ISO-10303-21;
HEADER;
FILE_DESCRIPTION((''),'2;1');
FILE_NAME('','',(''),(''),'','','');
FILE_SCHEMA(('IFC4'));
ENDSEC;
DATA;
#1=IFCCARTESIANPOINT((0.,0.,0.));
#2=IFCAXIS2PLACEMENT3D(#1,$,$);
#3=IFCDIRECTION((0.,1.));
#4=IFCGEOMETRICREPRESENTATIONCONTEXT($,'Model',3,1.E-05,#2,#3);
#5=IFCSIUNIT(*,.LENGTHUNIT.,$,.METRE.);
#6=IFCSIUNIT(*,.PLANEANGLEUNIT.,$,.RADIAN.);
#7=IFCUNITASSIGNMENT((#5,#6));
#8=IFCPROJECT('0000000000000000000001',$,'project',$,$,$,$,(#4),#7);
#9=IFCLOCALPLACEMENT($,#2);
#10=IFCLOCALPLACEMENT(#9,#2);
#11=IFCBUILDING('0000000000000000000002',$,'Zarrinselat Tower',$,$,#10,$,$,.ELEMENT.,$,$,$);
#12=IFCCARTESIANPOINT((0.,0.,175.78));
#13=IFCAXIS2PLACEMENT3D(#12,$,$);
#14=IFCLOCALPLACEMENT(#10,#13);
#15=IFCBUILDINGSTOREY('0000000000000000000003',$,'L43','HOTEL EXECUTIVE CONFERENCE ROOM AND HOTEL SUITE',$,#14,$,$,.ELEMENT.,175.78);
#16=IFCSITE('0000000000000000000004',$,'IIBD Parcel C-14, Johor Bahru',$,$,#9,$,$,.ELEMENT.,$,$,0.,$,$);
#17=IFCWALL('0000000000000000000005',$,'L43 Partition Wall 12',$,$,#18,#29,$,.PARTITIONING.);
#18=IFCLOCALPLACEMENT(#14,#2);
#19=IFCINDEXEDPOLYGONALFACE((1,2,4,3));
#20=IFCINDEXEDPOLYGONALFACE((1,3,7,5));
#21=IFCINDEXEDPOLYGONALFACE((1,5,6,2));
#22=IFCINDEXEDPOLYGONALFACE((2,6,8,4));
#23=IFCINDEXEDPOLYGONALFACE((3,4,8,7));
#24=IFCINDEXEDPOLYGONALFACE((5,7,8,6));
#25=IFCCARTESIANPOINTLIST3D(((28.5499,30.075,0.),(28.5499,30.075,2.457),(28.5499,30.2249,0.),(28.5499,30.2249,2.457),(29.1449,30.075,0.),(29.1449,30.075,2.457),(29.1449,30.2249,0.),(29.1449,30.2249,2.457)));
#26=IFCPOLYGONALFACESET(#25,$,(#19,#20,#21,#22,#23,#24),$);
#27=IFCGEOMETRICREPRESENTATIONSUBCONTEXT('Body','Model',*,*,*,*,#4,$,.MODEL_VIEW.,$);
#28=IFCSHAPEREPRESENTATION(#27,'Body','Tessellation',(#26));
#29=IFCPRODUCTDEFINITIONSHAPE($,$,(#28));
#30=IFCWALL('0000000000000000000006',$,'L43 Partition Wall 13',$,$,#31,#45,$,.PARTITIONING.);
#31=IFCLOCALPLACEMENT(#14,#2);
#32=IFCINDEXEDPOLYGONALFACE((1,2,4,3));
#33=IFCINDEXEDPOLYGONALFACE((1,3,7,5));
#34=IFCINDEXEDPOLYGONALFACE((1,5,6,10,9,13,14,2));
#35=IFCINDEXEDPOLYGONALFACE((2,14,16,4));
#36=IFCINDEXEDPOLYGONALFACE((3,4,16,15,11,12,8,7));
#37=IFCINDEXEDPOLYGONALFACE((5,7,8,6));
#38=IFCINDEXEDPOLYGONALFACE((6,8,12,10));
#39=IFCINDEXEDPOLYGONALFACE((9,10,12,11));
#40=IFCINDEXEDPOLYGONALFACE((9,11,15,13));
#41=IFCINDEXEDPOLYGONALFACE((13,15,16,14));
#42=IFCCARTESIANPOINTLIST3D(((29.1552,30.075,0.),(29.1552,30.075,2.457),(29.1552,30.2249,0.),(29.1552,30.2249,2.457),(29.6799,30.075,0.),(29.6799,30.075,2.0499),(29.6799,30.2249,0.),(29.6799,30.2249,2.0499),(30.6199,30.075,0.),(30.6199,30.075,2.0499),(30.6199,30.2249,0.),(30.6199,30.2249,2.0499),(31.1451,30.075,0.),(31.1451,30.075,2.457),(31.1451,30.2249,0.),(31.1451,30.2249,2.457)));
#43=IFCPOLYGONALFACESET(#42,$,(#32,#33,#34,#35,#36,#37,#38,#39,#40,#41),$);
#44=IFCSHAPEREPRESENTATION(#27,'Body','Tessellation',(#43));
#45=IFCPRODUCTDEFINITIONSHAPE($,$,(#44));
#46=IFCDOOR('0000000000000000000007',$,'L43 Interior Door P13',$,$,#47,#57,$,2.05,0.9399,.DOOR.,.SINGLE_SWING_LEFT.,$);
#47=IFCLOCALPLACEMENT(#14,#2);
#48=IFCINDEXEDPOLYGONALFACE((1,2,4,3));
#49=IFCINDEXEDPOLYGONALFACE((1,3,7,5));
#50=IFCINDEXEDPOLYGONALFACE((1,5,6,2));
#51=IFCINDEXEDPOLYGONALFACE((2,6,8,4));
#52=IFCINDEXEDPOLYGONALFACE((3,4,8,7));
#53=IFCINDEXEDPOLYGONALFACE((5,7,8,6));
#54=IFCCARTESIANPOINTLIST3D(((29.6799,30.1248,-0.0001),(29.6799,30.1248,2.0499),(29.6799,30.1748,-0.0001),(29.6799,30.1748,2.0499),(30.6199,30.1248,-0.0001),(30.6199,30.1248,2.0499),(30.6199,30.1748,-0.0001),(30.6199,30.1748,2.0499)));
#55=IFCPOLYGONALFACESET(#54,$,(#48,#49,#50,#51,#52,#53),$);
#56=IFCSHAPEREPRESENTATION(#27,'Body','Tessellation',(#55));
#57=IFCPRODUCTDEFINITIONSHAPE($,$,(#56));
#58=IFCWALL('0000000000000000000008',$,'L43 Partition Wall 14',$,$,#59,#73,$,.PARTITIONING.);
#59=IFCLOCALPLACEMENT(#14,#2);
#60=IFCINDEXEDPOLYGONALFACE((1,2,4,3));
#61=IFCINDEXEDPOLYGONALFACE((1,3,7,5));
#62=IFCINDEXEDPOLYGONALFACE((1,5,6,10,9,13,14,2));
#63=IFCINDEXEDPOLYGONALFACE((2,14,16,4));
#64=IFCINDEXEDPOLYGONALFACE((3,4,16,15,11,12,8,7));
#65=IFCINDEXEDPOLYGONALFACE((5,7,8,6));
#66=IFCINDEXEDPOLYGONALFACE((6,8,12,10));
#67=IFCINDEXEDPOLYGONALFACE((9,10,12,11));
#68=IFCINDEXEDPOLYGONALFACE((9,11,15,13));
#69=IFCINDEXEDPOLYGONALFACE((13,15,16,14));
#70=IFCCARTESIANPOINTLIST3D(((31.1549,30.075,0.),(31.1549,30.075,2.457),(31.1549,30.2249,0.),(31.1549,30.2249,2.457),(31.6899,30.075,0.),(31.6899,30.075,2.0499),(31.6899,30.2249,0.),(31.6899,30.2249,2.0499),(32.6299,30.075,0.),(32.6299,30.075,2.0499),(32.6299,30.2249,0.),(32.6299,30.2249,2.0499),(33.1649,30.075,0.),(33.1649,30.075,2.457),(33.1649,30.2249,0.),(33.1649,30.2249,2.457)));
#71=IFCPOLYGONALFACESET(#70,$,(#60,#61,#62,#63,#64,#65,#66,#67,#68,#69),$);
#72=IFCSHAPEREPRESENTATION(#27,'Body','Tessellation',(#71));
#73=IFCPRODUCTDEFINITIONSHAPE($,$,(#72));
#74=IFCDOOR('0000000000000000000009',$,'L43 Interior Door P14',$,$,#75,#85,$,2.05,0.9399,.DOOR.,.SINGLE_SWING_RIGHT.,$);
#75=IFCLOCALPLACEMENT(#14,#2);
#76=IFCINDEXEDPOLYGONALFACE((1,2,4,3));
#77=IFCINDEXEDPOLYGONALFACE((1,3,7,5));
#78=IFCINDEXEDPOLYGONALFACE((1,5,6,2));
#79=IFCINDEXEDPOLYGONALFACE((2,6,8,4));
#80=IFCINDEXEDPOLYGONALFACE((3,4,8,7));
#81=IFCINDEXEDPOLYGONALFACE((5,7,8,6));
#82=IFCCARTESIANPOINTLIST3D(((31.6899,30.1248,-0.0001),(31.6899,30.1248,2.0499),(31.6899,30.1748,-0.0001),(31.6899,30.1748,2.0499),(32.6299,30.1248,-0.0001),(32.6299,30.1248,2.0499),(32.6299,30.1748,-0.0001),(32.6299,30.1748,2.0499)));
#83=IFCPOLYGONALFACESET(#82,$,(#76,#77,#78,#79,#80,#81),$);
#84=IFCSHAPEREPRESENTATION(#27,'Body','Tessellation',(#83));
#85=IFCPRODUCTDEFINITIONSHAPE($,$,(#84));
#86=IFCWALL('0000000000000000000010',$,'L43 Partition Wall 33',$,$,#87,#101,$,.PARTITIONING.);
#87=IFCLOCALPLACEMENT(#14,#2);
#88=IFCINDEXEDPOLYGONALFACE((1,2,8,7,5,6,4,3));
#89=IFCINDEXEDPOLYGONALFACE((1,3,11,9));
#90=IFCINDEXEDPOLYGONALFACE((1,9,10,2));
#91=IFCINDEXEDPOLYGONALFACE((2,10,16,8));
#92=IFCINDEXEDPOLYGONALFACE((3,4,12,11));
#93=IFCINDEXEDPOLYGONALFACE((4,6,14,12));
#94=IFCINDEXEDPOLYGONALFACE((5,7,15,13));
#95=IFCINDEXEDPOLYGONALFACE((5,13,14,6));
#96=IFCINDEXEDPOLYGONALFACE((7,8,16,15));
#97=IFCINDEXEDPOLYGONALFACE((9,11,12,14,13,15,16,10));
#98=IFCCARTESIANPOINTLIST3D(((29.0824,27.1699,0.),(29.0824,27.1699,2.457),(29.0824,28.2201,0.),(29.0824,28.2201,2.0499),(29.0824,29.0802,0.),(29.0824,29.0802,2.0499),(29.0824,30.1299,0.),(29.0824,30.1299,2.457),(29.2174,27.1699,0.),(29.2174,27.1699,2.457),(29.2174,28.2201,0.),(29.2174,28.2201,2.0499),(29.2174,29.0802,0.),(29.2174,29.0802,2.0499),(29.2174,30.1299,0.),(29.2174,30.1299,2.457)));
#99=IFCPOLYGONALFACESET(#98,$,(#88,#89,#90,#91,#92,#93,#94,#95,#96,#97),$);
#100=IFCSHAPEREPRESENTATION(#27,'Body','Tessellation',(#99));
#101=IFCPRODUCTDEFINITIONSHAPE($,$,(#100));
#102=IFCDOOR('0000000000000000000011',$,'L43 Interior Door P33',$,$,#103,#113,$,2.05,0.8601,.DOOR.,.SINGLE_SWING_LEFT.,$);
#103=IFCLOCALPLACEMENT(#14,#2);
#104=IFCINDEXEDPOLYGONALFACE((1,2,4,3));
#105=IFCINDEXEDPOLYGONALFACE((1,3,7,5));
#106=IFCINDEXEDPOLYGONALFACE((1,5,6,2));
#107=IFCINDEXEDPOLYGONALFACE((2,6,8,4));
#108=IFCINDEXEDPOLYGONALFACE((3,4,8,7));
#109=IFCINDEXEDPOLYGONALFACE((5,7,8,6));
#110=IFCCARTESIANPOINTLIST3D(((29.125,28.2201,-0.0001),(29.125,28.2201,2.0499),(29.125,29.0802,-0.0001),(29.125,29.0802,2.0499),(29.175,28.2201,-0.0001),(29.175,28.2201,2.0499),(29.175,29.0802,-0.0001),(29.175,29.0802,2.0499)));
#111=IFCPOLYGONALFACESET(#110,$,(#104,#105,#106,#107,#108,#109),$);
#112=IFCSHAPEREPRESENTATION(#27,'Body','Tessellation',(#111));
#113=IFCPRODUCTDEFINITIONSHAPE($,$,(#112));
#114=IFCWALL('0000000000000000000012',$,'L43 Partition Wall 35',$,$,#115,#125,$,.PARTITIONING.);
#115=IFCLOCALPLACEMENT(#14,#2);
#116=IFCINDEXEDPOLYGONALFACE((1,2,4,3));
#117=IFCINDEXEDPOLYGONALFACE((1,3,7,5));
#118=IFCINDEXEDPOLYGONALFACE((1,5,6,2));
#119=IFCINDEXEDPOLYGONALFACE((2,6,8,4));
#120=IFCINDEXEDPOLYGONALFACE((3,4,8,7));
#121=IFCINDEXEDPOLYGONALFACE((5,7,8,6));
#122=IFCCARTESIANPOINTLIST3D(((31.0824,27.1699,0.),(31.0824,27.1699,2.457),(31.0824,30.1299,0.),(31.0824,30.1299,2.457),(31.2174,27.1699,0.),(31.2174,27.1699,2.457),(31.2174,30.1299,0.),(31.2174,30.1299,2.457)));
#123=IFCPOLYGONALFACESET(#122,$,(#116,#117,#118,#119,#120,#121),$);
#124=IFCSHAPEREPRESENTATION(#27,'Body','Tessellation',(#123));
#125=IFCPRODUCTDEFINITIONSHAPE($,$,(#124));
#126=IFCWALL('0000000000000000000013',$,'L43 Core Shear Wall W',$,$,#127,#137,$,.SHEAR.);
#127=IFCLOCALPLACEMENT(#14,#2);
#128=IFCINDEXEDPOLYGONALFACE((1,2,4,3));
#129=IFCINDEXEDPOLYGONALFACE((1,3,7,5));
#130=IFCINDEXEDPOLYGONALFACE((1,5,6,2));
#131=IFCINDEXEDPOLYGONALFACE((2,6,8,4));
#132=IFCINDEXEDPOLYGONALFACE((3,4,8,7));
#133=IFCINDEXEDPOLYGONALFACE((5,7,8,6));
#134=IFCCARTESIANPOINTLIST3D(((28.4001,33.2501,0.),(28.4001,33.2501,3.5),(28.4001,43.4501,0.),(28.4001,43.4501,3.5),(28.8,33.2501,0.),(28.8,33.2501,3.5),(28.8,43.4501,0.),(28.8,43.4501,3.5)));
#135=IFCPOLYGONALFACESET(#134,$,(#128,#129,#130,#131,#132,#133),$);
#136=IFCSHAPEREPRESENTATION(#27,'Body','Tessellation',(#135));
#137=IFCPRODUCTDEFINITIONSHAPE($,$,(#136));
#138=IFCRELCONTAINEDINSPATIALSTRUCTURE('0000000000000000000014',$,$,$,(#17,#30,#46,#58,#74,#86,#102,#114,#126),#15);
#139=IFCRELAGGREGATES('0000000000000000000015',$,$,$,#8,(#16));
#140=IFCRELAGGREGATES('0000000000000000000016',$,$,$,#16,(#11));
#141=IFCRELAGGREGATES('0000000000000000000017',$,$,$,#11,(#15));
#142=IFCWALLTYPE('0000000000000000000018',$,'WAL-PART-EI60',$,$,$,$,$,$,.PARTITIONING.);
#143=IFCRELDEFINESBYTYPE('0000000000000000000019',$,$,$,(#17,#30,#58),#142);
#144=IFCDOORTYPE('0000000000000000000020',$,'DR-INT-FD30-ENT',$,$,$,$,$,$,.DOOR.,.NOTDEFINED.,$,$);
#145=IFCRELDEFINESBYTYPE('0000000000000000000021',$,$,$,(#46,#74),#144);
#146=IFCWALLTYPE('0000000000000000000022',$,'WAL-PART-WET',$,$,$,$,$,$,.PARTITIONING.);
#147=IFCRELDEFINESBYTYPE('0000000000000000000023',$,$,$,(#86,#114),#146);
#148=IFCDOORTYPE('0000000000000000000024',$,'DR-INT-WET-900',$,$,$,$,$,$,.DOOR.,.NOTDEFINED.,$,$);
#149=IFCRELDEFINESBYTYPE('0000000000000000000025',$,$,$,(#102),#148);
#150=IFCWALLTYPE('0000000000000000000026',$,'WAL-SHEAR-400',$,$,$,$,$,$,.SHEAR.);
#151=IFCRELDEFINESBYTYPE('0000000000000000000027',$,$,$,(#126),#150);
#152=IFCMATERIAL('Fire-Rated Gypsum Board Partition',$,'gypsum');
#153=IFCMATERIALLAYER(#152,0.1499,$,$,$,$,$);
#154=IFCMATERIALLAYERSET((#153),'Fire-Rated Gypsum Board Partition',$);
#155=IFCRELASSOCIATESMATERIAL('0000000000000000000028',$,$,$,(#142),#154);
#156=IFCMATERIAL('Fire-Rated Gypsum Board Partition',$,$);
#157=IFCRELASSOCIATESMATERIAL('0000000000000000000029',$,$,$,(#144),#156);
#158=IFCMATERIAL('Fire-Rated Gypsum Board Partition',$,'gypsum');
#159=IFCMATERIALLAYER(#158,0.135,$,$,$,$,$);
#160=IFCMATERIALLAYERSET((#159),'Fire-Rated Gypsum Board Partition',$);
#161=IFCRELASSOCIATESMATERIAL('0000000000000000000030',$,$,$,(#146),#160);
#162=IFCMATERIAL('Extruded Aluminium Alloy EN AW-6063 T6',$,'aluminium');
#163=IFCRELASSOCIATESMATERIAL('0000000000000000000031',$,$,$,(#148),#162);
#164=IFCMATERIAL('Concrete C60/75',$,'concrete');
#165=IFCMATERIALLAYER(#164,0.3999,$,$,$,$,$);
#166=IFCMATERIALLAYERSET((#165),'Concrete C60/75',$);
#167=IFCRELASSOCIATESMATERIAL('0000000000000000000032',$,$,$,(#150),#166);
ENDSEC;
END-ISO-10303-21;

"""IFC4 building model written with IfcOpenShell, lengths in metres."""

from ifc_helpers import new_model, si_unit, direction, frame, frame_2d, origin, place, context, subcontext, project, spatial, rectangle, extrude, material, layer, layer_set, type_object, element, fill, save


model = new_model("IFC4")

# Units and contexts
model_context = context("Model", 3, precision=1e-05, world=origin(), true_north=direction((0.0, 1.0)))
body_context = subcontext(model_context, "Body", "Model", "MODEL_VIEW")
ifc_project = project(units=[si_unit("LENGTHUNIT", "METRE"), si_unit("PLANEANGLEUNIT", "RADIAN")], contexts=[model_context])

# Site, building, storey
site_placement = place(None, origin())
site = spatial("IfcSite", under=ifc_project, at=site_placement, Name="IIBD Parcel C-14, Johor Bahru", CompositionType="ELEMENT", RefElevation=0.0)
building_placement = place(site_placement, origin())
building = spatial("IfcBuilding", under=site, at=building_placement, Name="Zarrinselat Tower", CompositionType="ELEMENT")
storey_placement = place(building_placement, frame((0.0, 0.0, 175.78)))
storey = spatial("IfcBuildingStorey", under=building, at=storey_placement, Name="L43", Description="HOTEL EXECUTIVE CONFERENCE ROOM AND HOTEL SUITE", CompositionType="ELEMENT", Elevation=175.78)

# Wall
ifc_material_1 = material(Name="Fire-Rated Gypsum Board Partition", Category="gypsum")
ifc_layer_1 = layer(ifc_material_1, 0.1499)
ifc_layer_set_1 = layer_set([ifc_layer_1], Name="Fire-Rated Gypsum Board Partition")
wall_type_1 = type_object("IfcWallType", Name="WAL-PART-EI60", PredefinedType="PARTITIONING", material=ifc_layer_set_1)
wall_1_placement = place(storey_placement, frame((28.55, 30.1499, 0.0), z_axis=(0.0, 0.0, 1.0), x_axis=(1.0, 0.0, 0.0)))
element("IfcWall", 1, at=wall_1_placement, inside=storey, type_object=wall_type_1, Name="L43 Partition Wall 12", PredefinedType="PARTITIONING", context=body_context, shape_type="SweptSolid", body=[
    extrude(rectangle(XDim=0.595, YDim=0.1499, at=frame_2d((0.2974, 0.0))), origin(), (0.0, 0.0, 1.0), 2.457),
])

# Walls, openings, doors
wall_2_placement = place(storey_placement, frame((29.155, 30.1499, 0.0), z_axis=(0.0, 0.0, 1.0), x_axis=(1.0, 0.0, 0.0)))
wall_2 = element("IfcWall", 2, at=wall_2_placement, inside=storey, type_object=wall_type_1, Name="L43 Partition Wall 13", PredefinedType="PARTITIONING", context=body_context, shape_type="SweptSolid", body=[
    extrude(rectangle(XDim=1.99, YDim=0.1499, at=frame_2d((0.9951, 0.0))), origin(), (0.0, 0.0, 1.0), 2.457),
])
opening_1_placement = place(wall_2_placement, frame((0.5249, 0.0, 0.0)))
opening_1 = element("IfcOpeningElement", 3, at=opening_1_placement, cuts=wall_2, PredefinedType="OPENING", context=body_context, shape_type="SweptSolid", body=[
    extrude(rectangle(XDim=0.9399, YDim=2.05, at=frame_2d((0.47, 1.0249))), frame((0.0, 0.085, 0.0), z_axis=(0.0, -1.0, 0.0), x_axis=(1.0, 0.0, 0.0)), (0.0, 0.0, 1.0), 0.1699),
])
ifc_material_2 = material(Name="Fire-Rated Gypsum Board Partition")
door_type_1 = type_object("IfcDoorType", Name="DR-INT-FD30-ENT", OperationType="NOTDEFINED", PredefinedType="DOOR", material=ifc_material_2)
door_1_placement = place(opening_1_placement, origin())
door_1 = element("IfcDoor", 4, at=door_1_placement, inside=storey, type_object=door_type_1, Name="L43 Interior Door P13", OperationType="SINGLE_SWING_LEFT", OverallHeight=2.05, OverallWidth=0.9399, PredefinedType="DOOR", context=body_context, shape_type="SweptSolid", body=[
    extrude(rectangle(XDim=0.9399, YDim=2.05, at=frame_2d((0.47, 1.0249))), frame((0.0, 0.0249, 0.0), z_axis=(0.0, -1.0, 0.0), x_axis=(1.0, 0.0, 0.0)), (0.0, 0.0, 1.0), 0.05),
])
fill(opening_1, door_1)
wall_3_placement = place(storey_placement, frame((31.155, 30.1499, 0.0), z_axis=(0.0, 0.0, 1.0), x_axis=(1.0, 0.0, 0.0)))
wall_3 = element("IfcWall", 5, at=wall_3_placement, inside=storey, type_object=wall_type_1, Name="L43 Partition Wall 14", PredefinedType="PARTITIONING", context=body_context, shape_type="SweptSolid", body=[
    extrude(rectangle(XDim=2.01, YDim=0.1499, at=frame_2d((1.0049, 0.0))), origin(), (0.0, 0.0, 1.0), 2.457),
])
opening_2_placement = place(wall_3_placement, frame((0.5349, 0.0, 0.0)))
opening_2 = element("IfcOpeningElement", 6, at=opening_2_placement, cuts=wall_3, PredefinedType="OPENING", context=body_context, shape_type="SweptSolid", body=[
    extrude(rectangle(XDim=0.9399, YDim=2.05, at=frame_2d((0.47, 1.0249))), frame((0.0, 0.085, 0.0), z_axis=(0.0, -1.0, 0.0), x_axis=(1.0, 0.0, 0.0)), (0.0, 0.0, 1.0), 0.1699),
])
door_2_placement = place(opening_2_placement, origin())
door_2 = element("IfcDoor", 7, at=door_2_placement, inside=storey, type_object=door_type_1, Name="L43 Interior Door P14", OperationType="SINGLE_SWING_RIGHT", OverallHeight=2.05, OverallWidth=0.9399, PredefinedType="DOOR", context=body_context, shape_type="SweptSolid", body=[
    extrude(rectangle(XDim=0.9399, YDim=2.05, at=frame_2d((0.47, 1.0249))), frame((0.0, 0.0249, 0.0), z_axis=(0.0, -1.0, 0.0), x_axis=(1.0, 0.0, 0.0)), (0.0, 0.0, 1.0), 0.05),
])
fill(opening_2, door_2)
ifc_material_3 = material(Name="Fire-Rated Gypsum Board Partition", Category="gypsum")
ifc_layer_2 = layer(ifc_material_3, 0.135)
ifc_layer_set_2 = layer_set([ifc_layer_2], Name="Fire-Rated Gypsum Board Partition")
wall_type_2 = type_object("IfcWallType", Name="WAL-PART-WET", PredefinedType="PARTITIONING", material=ifc_layer_set_2)
wall_4_placement = place(storey_placement, frame((29.1499, 27.1699, 0.0), z_axis=(0.0, 0.0, 1.0), x_axis=(0.0, 1.0, 0.0)))
wall_4 = element("IfcWall", 8, at=wall_4_placement, inside=storey, type_object=wall_type_2, Name="L43 Partition Wall 33", PredefinedType="PARTITIONING", context=body_context, shape_type="SweptSolid", body=[
    extrude(rectangle(XDim=2.96, YDim=0.135, at=frame_2d((1.48, 0.0))), origin(), (0.0, 0.0, 1.0), 2.457),
])
opening_3_placement = place(wall_4_placement, frame((1.05, 0.0, 0.0)))
opening_3 = element("IfcOpeningElement", 9, at=opening_3_placement, cuts=wall_4, PredefinedType="OPENING", context=body_context, shape_type="SweptSolid", body=[
    extrude(rectangle(XDim=0.8601, YDim=2.05, at=frame_2d((0.4302, 1.0249))), frame((0.0, 0.0774, 0.0), z_axis=(0.0, -1.0, 0.0), x_axis=(1.0, 0.0, 0.0)), (0.0, 0.0, 1.0), 0.155),
])
ifc_material_4 = material(Name="Extruded Aluminium Alloy EN AW-6063 T6", Category="aluminium")
door_type_2 = type_object("IfcDoorType", Name="DR-INT-WET-900", OperationType="NOTDEFINED", PredefinedType="DOOR", material=ifc_material_4)
door_3_placement = place(opening_3_placement, origin())
door_3 = element("IfcDoor", 10, at=door_3_placement, inside=storey, type_object=door_type_2, Name="L43 Interior Door P33", OperationType="SINGLE_SWING_LEFT", OverallHeight=2.05, OverallWidth=0.8601, PredefinedType="DOOR", context=body_context, shape_type="SweptSolid", body=[
    extrude(rectangle(XDim=0.8601, YDim=2.05, at=frame_2d((0.4302, 1.0249))), frame((0.0, 0.0249, 0.0), z_axis=(0.0, -1.0, 0.0), x_axis=(1.0, 0.0, 0.0)), (0.0, 0.0, 1.0), 0.05),
])
fill(opening_3, door_3)

# Wall
wall_5_placement = place(storey_placement, frame((31.1499, 27.1699, 0.0), z_axis=(0.0, 0.0, 1.0), x_axis=(0.0, 1.0, 0.0)))
element("IfcWall", 11, at=wall_5_placement, inside=storey, type_object=wall_type_2, Name="L43 Partition Wall 35", PredefinedType="PARTITIONING", context=body_context, shape_type="SweptSolid", body=[
    extrude(rectangle(XDim=2.96, YDim=0.135, at=frame_2d((1.48, 0.0))), origin(), (0.0, 0.0, 1.0), 2.457),
])

# Shared definitions
ifc_material_5 = material(Name="Concrete C60/75", Category="concrete")
ifc_layer_3 = layer(ifc_material_5, 0.3999)
ifc_layer_set_3 = layer_set([ifc_layer_3], Name="Concrete C60/75")
wall_type_3 = type_object("IfcWallType", Name="WAL-SHEAR-400", PredefinedType="SHEAR", material=ifc_layer_set_3)

# Wall
wall_6_placement = place(storey_placement, frame((28.6001, 33.25, 0.0), z_axis=(0.0, 0.0, 1.0), x_axis=(0.0, 1.0, 0.0)))
element("IfcWall", 12, at=wall_6_placement, inside=storey, type_object=wall_type_3, Name="L43 Core Shear Wall W", PredefinedType="SHEAR", context=body_context, shape_type="SweptSolid", body=[
    extrude(rectangle(XDim=10.2, YDim=0.3999, at=frame_2d((5.1001, 0.0))), origin(), (0.0, 0.0, 1.0), 3.5),
])

save(model, "model.ifc")
